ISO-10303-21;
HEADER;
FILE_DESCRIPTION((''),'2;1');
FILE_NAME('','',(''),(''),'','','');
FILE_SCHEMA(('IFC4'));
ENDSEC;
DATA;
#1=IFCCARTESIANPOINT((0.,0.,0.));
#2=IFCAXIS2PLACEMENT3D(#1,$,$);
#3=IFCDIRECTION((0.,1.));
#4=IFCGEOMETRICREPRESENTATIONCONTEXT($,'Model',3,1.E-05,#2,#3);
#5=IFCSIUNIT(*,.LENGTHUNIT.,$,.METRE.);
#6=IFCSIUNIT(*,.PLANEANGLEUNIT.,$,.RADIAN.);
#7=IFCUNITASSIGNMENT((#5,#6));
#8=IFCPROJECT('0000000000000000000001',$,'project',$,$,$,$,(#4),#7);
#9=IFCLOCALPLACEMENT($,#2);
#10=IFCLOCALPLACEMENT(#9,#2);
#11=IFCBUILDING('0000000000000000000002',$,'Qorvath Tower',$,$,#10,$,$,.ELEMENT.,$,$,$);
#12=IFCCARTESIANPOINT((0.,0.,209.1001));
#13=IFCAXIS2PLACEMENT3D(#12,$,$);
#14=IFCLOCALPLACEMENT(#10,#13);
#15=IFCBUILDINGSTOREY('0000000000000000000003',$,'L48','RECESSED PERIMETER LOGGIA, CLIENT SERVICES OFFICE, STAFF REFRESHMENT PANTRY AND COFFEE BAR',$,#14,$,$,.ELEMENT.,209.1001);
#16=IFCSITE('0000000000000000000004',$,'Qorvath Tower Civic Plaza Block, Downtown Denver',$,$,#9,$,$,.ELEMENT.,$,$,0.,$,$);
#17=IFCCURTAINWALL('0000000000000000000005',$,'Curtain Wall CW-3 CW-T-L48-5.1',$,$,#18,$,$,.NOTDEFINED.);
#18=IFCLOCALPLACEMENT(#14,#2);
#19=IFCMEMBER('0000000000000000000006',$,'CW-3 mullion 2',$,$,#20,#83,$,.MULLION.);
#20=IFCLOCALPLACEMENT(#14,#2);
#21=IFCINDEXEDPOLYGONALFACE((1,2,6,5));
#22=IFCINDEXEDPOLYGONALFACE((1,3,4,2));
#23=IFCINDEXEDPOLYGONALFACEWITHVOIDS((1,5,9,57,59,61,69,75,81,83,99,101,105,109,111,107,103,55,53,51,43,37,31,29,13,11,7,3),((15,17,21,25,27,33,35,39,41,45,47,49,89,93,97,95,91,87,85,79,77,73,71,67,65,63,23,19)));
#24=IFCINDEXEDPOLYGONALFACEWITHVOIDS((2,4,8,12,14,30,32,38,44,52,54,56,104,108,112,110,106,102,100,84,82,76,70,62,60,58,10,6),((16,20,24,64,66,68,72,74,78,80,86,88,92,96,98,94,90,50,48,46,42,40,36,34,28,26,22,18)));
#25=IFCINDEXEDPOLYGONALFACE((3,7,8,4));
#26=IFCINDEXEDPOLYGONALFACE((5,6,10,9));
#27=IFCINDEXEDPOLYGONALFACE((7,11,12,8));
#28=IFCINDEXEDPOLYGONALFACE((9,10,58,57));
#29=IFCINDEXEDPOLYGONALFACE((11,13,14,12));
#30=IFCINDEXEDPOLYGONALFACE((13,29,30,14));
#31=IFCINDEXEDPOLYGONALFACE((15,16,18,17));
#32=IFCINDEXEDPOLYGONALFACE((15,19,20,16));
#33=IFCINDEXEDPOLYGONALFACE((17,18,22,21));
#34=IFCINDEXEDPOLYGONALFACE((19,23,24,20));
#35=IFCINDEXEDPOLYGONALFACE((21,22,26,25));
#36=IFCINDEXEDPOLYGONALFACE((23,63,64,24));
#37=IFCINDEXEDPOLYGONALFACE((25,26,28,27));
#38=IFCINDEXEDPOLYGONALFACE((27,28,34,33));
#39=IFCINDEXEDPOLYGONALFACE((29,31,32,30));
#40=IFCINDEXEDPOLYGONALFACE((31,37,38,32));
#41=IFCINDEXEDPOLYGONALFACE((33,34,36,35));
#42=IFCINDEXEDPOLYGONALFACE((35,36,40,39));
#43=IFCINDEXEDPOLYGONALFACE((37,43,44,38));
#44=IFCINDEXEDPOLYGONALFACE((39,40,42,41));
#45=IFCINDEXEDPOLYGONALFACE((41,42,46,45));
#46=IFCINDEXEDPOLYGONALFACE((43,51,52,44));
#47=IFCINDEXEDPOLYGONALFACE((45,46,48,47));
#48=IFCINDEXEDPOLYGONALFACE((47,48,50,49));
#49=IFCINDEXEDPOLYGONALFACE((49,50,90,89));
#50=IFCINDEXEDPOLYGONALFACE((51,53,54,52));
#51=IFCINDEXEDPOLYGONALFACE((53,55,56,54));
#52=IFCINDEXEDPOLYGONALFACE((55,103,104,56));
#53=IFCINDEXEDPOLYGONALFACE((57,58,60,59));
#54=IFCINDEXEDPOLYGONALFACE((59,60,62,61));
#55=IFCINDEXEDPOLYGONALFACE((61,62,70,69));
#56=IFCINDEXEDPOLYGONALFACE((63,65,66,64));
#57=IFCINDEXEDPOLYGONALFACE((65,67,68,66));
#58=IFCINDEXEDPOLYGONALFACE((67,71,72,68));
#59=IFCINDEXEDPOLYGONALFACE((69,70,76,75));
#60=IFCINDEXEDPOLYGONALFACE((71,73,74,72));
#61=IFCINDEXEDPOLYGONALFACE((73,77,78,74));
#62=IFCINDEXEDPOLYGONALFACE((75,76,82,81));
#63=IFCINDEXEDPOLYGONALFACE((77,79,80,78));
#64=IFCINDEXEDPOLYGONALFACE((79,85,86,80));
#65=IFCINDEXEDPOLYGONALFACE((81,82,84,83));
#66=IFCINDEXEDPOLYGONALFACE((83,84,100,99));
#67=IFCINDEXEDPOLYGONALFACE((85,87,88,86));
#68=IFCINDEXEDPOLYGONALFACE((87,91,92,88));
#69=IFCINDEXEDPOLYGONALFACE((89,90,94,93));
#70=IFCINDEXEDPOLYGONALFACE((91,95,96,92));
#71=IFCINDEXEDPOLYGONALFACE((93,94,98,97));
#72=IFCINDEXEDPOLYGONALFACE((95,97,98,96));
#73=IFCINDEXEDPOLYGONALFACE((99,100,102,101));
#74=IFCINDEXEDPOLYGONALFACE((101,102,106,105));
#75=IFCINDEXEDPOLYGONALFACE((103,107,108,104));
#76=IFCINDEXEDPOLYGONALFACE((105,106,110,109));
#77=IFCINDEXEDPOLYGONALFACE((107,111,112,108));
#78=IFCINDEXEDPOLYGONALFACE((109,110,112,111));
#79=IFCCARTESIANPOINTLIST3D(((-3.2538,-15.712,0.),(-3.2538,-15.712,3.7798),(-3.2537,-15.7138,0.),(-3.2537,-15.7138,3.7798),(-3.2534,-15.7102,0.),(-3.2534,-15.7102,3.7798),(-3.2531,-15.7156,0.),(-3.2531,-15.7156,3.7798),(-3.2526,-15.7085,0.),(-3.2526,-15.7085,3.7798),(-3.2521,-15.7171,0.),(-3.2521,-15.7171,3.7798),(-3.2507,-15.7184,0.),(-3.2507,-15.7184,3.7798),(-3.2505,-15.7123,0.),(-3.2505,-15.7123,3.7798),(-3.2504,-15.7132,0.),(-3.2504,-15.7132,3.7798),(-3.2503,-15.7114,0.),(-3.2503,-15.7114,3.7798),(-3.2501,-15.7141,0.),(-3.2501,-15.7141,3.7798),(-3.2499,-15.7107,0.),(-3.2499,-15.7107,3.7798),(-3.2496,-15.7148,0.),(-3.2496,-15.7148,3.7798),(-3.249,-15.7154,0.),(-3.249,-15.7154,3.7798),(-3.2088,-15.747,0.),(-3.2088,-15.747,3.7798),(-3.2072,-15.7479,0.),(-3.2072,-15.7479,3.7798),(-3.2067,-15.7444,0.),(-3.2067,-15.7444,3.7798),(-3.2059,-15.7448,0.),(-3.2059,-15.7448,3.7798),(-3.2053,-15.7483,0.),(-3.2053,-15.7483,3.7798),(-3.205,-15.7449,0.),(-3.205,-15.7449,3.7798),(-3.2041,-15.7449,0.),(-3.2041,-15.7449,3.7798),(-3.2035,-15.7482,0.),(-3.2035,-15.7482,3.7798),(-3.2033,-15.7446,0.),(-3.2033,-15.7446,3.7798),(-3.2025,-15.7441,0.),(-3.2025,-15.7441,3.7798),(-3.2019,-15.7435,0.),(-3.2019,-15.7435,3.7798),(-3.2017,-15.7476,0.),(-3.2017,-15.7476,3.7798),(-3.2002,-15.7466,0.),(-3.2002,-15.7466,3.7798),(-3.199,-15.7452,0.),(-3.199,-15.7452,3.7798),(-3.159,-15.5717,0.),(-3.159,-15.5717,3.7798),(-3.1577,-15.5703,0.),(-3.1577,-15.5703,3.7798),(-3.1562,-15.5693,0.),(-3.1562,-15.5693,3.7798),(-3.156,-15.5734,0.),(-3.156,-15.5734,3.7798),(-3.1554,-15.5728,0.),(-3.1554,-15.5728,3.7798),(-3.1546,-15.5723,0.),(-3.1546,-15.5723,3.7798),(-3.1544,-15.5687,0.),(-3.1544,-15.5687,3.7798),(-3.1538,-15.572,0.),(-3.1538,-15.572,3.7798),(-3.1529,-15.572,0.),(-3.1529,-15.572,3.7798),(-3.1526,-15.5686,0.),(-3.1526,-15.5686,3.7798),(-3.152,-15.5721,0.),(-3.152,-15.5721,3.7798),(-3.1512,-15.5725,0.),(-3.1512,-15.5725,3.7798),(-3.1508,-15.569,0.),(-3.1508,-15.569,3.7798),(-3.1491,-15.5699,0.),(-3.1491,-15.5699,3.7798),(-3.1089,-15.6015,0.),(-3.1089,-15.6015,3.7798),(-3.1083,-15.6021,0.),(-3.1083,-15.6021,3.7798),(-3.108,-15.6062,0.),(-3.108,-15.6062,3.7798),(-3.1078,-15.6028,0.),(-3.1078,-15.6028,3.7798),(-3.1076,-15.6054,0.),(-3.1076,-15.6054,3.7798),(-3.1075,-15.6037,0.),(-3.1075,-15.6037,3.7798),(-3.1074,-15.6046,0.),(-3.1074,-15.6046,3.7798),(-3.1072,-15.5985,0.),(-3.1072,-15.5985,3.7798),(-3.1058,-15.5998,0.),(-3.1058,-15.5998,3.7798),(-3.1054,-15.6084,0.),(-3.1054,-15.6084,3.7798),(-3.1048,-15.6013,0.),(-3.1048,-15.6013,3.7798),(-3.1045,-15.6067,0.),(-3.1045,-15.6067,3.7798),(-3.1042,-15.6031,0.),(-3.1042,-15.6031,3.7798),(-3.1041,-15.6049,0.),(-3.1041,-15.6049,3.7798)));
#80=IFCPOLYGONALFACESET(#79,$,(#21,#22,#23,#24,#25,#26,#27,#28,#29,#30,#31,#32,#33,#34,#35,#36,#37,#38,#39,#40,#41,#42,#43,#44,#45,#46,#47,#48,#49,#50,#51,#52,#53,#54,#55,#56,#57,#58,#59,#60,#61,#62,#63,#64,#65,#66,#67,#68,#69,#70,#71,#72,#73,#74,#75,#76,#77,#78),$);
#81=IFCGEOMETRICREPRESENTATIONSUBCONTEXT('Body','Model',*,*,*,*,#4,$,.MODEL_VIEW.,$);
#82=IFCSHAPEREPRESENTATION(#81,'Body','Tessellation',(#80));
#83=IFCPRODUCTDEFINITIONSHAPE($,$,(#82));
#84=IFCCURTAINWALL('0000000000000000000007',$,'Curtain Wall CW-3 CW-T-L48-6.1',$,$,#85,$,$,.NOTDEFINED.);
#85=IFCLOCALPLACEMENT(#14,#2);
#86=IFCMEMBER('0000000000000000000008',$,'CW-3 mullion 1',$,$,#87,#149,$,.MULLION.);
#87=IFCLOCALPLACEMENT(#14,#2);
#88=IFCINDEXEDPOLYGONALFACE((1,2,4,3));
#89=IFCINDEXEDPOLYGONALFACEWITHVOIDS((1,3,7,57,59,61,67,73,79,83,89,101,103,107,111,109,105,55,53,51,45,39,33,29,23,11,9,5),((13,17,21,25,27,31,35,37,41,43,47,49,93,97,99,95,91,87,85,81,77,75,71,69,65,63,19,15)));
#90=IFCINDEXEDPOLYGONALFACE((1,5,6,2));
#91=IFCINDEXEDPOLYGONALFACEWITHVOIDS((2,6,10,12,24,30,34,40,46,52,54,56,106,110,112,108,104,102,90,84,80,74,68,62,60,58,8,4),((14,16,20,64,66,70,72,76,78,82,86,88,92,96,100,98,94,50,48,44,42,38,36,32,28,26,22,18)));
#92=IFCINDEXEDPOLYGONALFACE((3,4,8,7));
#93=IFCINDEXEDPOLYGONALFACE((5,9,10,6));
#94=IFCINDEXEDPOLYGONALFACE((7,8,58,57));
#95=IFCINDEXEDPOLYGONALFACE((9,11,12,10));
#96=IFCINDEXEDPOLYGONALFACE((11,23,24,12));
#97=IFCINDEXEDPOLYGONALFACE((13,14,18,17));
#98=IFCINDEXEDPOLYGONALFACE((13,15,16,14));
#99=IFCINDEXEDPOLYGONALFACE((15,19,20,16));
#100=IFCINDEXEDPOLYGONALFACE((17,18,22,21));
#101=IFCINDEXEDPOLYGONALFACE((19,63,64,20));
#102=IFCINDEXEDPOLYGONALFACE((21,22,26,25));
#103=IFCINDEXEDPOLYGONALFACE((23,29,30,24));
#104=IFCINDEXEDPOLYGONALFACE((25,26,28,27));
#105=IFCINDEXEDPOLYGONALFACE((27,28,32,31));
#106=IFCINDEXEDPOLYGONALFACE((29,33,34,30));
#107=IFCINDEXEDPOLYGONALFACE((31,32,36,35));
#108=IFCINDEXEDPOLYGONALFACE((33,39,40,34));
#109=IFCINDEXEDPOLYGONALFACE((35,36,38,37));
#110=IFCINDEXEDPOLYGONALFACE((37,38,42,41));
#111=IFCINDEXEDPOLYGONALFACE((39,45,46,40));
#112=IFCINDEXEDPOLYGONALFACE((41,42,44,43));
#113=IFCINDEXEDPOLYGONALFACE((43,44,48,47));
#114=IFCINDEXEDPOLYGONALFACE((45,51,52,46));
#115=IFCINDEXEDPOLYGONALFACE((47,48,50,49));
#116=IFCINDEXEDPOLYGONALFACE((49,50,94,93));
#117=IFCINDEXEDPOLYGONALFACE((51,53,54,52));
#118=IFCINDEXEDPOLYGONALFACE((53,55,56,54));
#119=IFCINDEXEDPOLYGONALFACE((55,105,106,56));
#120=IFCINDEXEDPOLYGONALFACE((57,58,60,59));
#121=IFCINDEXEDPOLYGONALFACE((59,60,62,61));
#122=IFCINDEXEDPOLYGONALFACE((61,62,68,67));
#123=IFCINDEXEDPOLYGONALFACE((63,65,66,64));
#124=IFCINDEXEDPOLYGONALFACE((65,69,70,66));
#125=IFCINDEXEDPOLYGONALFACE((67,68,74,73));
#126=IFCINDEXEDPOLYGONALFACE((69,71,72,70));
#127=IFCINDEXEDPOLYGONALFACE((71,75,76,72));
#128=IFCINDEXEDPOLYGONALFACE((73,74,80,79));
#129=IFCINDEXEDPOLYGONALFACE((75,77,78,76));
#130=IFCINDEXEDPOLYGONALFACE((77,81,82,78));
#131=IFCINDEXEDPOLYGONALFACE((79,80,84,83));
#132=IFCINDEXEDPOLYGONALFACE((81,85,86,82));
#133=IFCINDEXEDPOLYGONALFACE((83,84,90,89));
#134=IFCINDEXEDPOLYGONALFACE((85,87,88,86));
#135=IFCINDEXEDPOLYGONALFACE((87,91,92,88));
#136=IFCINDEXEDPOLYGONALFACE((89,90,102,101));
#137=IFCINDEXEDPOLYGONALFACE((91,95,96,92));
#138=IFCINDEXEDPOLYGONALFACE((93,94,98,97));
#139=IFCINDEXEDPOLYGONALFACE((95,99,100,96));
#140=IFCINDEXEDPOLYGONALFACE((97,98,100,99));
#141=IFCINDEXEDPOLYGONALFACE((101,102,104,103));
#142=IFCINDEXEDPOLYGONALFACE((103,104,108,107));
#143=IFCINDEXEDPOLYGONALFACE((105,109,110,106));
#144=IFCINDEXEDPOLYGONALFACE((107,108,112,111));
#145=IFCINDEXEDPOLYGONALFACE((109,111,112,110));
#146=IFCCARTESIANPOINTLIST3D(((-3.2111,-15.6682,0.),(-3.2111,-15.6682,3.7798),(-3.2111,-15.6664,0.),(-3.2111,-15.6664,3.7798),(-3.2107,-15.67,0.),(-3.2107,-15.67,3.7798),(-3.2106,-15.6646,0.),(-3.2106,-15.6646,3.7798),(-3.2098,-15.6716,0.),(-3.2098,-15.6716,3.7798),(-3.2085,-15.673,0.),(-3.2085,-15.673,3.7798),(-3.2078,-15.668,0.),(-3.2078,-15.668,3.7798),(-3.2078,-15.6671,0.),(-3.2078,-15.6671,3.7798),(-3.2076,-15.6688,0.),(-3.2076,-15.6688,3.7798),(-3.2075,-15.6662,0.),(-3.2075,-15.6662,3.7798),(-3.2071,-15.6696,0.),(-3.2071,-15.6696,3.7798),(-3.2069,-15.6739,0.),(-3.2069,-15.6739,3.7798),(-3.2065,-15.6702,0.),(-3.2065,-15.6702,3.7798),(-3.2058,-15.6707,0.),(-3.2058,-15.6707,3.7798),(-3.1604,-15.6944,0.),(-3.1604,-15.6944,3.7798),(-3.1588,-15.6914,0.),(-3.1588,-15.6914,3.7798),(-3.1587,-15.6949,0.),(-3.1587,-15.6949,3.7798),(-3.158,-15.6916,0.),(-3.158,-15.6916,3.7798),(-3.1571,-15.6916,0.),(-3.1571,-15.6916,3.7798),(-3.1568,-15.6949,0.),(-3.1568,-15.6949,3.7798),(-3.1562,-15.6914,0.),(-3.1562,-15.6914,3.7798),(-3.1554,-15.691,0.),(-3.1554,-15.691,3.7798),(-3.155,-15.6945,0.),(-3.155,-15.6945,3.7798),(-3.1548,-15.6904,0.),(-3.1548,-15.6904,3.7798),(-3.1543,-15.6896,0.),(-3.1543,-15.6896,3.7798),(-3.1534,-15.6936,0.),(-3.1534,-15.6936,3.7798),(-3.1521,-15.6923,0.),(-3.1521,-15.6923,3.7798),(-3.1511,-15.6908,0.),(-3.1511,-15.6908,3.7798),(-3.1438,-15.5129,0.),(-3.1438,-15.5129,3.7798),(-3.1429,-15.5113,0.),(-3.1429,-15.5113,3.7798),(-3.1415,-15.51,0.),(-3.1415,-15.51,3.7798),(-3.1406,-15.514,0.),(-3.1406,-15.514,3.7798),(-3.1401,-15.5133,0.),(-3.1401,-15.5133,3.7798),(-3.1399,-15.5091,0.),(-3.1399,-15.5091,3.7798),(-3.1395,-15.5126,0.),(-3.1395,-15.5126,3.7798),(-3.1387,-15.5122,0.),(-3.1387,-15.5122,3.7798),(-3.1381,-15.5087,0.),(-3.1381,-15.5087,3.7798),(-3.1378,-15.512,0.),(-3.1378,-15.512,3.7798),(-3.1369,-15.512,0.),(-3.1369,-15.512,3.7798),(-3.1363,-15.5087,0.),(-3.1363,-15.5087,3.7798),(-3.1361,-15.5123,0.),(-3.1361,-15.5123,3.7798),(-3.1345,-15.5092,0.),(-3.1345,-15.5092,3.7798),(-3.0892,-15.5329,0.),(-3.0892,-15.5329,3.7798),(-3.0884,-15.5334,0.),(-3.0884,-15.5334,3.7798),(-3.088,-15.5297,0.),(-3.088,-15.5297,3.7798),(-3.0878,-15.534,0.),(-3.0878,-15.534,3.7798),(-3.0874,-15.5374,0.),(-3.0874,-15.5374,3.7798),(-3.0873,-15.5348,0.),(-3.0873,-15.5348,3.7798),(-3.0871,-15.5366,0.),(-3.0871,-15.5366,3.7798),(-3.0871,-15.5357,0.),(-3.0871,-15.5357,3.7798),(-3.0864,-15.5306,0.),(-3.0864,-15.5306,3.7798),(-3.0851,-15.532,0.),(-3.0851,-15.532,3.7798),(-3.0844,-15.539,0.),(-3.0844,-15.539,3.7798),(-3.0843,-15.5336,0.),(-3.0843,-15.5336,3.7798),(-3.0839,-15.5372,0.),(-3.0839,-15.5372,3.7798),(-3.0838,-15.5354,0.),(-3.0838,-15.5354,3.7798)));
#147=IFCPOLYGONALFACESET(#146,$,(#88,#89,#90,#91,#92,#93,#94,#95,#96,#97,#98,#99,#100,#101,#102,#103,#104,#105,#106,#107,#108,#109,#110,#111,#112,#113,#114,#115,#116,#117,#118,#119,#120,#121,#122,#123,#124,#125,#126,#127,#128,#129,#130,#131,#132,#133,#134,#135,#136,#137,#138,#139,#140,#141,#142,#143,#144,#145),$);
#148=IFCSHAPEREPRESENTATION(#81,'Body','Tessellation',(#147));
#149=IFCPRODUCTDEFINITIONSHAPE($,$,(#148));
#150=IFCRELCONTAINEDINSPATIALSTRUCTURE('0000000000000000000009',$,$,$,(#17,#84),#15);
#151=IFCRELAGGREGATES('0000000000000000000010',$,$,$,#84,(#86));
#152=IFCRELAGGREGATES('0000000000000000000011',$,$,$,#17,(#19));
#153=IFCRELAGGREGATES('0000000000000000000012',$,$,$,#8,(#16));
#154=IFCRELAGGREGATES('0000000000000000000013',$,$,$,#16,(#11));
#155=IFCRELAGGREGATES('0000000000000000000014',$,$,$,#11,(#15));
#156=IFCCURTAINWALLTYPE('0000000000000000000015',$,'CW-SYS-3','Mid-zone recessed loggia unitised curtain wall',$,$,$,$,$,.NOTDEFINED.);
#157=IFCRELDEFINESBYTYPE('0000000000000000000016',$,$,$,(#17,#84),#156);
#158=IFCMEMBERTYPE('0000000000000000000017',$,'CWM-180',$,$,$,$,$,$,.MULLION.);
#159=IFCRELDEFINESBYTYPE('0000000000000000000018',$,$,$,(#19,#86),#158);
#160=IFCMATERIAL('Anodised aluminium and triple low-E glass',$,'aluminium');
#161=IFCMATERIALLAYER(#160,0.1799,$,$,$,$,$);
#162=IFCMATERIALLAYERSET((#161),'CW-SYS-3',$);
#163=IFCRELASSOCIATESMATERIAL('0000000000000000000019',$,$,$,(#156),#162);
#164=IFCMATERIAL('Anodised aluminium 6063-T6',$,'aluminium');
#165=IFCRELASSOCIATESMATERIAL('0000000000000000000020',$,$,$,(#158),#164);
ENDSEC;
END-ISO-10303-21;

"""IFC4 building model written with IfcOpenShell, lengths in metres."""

from ifc_helpers import new_model, si_unit, direction, frame, origin, origin_2d, place, context, subcontext, project, spatial, hollow_rectangle, extrude, material, layer, layer_set, material_profile, profile_set, type_object, element, aggregate, save


model = new_model("IFC4")

# Units and contexts
model_context = context("Model", 3, precision=1e-05, world=origin(), true_north=direction((0.0, 1.0)))
body_context = subcontext(model_context, "Body", "Model", "MODEL_VIEW")
ifc_project = project(units=[si_unit("LENGTHUNIT", "METRE"), si_unit("PLANEANGLEUNIT", "RADIAN")], contexts=[model_context])

# Site, building, storey
site_placement = place(None, origin())
site = spatial("IfcSite", under=ifc_project, at=site_placement, Name="Qorvath Tower Civic Plaza Block, Downtown Denver", CompositionType="ELEMENT", RefElevation=0.0)
building_placement = place(site_placement, origin())
building = spatial("IfcBuilding", under=site, at=building_placement, Name="Qorvath Tower", CompositionType="ELEMENT")
storey_placement = place(building_placement, frame((0.0, 0.0, 209.1001)))
storey = spatial("IfcBuildingStorey", under=building, at=storey_placement, Name="L48", Description="RECESSED PERIMETER LOGGIA, CLIENT SERVICES OFFICE, STAFF REFRESHMENT PANTRY AND COFFEE BAR", CompositionType="ELEMENT", Elevation=209.1001)

# Shared definitions
ifc_material_1 = material(Name="Anodised aluminium and triple low-E glass", Category="aluminium")
ifc_layer_1 = layer(ifc_material_1, 0.1799)
ifc_layer_set_1 = layer_set([ifc_layer_1], Name="CW-SYS-3")
curtain_wall_type = type_object("IfcCurtainWallType", Name="CW-SYS-3", Description="Mid-zone recessed loggia unitised curtain wall", PredefinedType="NOTDEFINED", material=ifc_layer_set_1)
ifc_material_2 = material(Name="Anodised aluminium 6063-T6", Category="aluminium")
ifc_material_profile_1 = material_profile(ifc_material_2, hollow_rectangle(XDim=0.0649, YDim=0.1799, WallThickness=0.0034, InnerFilletRadius=0.0034, OuterFilletRadius=0.0071, at=origin_2d()), Name="CWM 180x65")
ifc_profile_set_1 = profile_set([ifc_material_profile_1], Name="Anodised aluminium 6063-T6")
member_type_1 = type_object("IfcMemberType", Name="CWM-180", PredefinedType="MULLION", material=ifc_profile_set_1)

# Curtain wall, member
curtain_wall_1_placement = place(storey_placement, origin())
curtain_wall_1 = element("IfcCurtainWall", 1, at=curtain_wall_1_placement, inside=storey, type_object=curtain_wall_type, Name="Curtain Wall CW-3 CW-T-L48-5.1", PredefinedType="NOTDEFINED")
member_1_placement = place(storey_placement, frame((-3.179, -15.6584, 0.0), z_axis=(0.0, 0.0, 1.0), x_axis=(-0.825323, 0.564661, 0.0)))
member_1 = element("IfcMember", 2, at=member_1_placement, type_object=member_type_1, Name="CW-3 mullion 2", PredefinedType="MULLION", context=body_context, shape_type="SweptSolid", body=[
    extrude(hollow_rectangle(XDim=0.0649, YDim=0.1799, WallThickness=0.0034, InnerFilletRadius=0.0034, OuterFilletRadius=0.0071, at=origin_2d()), origin(), (0.0, 0.0, 1.0), 3.7798),
])

# Curtain wall, member
curtain_wall_2_placement = place(storey_placement, origin())
curtain_wall_2 = element("IfcCurtainWall", 3, at=curtain_wall_2_placement, inside=storey, type_object=curtain_wall_type, Name="Curtain Wall CW-3 CW-T-L48-6.1", PredefinedType="NOTDEFINED")
member_2_placement = place(storey_placement, frame((-3.1475, -15.6018, 0.0), z_axis=(0.0, 0.0, 1.0), x_axis=(-0.915381, 0.402589, 0.0)))
member_2 = element("IfcMember", 4, at=member_2_placement, type_object=member_type_1, Name="CW-3 mullion 1", PredefinedType="MULLION", context=body_context, shape_type="SweptSolid", body=[
    extrude(hollow_rectangle(XDim=0.0649, YDim=0.1799, WallThickness=0.0034, InnerFilletRadius=0.0034, OuterFilletRadius=0.0071, at=origin_2d()), origin(), (0.0, 0.0, 1.0), 3.7798),
])
aggregate(curtain_wall_2, [member_2])

aggregate(curtain_wall_1, [member_1])

save(model, "model.ifc")
